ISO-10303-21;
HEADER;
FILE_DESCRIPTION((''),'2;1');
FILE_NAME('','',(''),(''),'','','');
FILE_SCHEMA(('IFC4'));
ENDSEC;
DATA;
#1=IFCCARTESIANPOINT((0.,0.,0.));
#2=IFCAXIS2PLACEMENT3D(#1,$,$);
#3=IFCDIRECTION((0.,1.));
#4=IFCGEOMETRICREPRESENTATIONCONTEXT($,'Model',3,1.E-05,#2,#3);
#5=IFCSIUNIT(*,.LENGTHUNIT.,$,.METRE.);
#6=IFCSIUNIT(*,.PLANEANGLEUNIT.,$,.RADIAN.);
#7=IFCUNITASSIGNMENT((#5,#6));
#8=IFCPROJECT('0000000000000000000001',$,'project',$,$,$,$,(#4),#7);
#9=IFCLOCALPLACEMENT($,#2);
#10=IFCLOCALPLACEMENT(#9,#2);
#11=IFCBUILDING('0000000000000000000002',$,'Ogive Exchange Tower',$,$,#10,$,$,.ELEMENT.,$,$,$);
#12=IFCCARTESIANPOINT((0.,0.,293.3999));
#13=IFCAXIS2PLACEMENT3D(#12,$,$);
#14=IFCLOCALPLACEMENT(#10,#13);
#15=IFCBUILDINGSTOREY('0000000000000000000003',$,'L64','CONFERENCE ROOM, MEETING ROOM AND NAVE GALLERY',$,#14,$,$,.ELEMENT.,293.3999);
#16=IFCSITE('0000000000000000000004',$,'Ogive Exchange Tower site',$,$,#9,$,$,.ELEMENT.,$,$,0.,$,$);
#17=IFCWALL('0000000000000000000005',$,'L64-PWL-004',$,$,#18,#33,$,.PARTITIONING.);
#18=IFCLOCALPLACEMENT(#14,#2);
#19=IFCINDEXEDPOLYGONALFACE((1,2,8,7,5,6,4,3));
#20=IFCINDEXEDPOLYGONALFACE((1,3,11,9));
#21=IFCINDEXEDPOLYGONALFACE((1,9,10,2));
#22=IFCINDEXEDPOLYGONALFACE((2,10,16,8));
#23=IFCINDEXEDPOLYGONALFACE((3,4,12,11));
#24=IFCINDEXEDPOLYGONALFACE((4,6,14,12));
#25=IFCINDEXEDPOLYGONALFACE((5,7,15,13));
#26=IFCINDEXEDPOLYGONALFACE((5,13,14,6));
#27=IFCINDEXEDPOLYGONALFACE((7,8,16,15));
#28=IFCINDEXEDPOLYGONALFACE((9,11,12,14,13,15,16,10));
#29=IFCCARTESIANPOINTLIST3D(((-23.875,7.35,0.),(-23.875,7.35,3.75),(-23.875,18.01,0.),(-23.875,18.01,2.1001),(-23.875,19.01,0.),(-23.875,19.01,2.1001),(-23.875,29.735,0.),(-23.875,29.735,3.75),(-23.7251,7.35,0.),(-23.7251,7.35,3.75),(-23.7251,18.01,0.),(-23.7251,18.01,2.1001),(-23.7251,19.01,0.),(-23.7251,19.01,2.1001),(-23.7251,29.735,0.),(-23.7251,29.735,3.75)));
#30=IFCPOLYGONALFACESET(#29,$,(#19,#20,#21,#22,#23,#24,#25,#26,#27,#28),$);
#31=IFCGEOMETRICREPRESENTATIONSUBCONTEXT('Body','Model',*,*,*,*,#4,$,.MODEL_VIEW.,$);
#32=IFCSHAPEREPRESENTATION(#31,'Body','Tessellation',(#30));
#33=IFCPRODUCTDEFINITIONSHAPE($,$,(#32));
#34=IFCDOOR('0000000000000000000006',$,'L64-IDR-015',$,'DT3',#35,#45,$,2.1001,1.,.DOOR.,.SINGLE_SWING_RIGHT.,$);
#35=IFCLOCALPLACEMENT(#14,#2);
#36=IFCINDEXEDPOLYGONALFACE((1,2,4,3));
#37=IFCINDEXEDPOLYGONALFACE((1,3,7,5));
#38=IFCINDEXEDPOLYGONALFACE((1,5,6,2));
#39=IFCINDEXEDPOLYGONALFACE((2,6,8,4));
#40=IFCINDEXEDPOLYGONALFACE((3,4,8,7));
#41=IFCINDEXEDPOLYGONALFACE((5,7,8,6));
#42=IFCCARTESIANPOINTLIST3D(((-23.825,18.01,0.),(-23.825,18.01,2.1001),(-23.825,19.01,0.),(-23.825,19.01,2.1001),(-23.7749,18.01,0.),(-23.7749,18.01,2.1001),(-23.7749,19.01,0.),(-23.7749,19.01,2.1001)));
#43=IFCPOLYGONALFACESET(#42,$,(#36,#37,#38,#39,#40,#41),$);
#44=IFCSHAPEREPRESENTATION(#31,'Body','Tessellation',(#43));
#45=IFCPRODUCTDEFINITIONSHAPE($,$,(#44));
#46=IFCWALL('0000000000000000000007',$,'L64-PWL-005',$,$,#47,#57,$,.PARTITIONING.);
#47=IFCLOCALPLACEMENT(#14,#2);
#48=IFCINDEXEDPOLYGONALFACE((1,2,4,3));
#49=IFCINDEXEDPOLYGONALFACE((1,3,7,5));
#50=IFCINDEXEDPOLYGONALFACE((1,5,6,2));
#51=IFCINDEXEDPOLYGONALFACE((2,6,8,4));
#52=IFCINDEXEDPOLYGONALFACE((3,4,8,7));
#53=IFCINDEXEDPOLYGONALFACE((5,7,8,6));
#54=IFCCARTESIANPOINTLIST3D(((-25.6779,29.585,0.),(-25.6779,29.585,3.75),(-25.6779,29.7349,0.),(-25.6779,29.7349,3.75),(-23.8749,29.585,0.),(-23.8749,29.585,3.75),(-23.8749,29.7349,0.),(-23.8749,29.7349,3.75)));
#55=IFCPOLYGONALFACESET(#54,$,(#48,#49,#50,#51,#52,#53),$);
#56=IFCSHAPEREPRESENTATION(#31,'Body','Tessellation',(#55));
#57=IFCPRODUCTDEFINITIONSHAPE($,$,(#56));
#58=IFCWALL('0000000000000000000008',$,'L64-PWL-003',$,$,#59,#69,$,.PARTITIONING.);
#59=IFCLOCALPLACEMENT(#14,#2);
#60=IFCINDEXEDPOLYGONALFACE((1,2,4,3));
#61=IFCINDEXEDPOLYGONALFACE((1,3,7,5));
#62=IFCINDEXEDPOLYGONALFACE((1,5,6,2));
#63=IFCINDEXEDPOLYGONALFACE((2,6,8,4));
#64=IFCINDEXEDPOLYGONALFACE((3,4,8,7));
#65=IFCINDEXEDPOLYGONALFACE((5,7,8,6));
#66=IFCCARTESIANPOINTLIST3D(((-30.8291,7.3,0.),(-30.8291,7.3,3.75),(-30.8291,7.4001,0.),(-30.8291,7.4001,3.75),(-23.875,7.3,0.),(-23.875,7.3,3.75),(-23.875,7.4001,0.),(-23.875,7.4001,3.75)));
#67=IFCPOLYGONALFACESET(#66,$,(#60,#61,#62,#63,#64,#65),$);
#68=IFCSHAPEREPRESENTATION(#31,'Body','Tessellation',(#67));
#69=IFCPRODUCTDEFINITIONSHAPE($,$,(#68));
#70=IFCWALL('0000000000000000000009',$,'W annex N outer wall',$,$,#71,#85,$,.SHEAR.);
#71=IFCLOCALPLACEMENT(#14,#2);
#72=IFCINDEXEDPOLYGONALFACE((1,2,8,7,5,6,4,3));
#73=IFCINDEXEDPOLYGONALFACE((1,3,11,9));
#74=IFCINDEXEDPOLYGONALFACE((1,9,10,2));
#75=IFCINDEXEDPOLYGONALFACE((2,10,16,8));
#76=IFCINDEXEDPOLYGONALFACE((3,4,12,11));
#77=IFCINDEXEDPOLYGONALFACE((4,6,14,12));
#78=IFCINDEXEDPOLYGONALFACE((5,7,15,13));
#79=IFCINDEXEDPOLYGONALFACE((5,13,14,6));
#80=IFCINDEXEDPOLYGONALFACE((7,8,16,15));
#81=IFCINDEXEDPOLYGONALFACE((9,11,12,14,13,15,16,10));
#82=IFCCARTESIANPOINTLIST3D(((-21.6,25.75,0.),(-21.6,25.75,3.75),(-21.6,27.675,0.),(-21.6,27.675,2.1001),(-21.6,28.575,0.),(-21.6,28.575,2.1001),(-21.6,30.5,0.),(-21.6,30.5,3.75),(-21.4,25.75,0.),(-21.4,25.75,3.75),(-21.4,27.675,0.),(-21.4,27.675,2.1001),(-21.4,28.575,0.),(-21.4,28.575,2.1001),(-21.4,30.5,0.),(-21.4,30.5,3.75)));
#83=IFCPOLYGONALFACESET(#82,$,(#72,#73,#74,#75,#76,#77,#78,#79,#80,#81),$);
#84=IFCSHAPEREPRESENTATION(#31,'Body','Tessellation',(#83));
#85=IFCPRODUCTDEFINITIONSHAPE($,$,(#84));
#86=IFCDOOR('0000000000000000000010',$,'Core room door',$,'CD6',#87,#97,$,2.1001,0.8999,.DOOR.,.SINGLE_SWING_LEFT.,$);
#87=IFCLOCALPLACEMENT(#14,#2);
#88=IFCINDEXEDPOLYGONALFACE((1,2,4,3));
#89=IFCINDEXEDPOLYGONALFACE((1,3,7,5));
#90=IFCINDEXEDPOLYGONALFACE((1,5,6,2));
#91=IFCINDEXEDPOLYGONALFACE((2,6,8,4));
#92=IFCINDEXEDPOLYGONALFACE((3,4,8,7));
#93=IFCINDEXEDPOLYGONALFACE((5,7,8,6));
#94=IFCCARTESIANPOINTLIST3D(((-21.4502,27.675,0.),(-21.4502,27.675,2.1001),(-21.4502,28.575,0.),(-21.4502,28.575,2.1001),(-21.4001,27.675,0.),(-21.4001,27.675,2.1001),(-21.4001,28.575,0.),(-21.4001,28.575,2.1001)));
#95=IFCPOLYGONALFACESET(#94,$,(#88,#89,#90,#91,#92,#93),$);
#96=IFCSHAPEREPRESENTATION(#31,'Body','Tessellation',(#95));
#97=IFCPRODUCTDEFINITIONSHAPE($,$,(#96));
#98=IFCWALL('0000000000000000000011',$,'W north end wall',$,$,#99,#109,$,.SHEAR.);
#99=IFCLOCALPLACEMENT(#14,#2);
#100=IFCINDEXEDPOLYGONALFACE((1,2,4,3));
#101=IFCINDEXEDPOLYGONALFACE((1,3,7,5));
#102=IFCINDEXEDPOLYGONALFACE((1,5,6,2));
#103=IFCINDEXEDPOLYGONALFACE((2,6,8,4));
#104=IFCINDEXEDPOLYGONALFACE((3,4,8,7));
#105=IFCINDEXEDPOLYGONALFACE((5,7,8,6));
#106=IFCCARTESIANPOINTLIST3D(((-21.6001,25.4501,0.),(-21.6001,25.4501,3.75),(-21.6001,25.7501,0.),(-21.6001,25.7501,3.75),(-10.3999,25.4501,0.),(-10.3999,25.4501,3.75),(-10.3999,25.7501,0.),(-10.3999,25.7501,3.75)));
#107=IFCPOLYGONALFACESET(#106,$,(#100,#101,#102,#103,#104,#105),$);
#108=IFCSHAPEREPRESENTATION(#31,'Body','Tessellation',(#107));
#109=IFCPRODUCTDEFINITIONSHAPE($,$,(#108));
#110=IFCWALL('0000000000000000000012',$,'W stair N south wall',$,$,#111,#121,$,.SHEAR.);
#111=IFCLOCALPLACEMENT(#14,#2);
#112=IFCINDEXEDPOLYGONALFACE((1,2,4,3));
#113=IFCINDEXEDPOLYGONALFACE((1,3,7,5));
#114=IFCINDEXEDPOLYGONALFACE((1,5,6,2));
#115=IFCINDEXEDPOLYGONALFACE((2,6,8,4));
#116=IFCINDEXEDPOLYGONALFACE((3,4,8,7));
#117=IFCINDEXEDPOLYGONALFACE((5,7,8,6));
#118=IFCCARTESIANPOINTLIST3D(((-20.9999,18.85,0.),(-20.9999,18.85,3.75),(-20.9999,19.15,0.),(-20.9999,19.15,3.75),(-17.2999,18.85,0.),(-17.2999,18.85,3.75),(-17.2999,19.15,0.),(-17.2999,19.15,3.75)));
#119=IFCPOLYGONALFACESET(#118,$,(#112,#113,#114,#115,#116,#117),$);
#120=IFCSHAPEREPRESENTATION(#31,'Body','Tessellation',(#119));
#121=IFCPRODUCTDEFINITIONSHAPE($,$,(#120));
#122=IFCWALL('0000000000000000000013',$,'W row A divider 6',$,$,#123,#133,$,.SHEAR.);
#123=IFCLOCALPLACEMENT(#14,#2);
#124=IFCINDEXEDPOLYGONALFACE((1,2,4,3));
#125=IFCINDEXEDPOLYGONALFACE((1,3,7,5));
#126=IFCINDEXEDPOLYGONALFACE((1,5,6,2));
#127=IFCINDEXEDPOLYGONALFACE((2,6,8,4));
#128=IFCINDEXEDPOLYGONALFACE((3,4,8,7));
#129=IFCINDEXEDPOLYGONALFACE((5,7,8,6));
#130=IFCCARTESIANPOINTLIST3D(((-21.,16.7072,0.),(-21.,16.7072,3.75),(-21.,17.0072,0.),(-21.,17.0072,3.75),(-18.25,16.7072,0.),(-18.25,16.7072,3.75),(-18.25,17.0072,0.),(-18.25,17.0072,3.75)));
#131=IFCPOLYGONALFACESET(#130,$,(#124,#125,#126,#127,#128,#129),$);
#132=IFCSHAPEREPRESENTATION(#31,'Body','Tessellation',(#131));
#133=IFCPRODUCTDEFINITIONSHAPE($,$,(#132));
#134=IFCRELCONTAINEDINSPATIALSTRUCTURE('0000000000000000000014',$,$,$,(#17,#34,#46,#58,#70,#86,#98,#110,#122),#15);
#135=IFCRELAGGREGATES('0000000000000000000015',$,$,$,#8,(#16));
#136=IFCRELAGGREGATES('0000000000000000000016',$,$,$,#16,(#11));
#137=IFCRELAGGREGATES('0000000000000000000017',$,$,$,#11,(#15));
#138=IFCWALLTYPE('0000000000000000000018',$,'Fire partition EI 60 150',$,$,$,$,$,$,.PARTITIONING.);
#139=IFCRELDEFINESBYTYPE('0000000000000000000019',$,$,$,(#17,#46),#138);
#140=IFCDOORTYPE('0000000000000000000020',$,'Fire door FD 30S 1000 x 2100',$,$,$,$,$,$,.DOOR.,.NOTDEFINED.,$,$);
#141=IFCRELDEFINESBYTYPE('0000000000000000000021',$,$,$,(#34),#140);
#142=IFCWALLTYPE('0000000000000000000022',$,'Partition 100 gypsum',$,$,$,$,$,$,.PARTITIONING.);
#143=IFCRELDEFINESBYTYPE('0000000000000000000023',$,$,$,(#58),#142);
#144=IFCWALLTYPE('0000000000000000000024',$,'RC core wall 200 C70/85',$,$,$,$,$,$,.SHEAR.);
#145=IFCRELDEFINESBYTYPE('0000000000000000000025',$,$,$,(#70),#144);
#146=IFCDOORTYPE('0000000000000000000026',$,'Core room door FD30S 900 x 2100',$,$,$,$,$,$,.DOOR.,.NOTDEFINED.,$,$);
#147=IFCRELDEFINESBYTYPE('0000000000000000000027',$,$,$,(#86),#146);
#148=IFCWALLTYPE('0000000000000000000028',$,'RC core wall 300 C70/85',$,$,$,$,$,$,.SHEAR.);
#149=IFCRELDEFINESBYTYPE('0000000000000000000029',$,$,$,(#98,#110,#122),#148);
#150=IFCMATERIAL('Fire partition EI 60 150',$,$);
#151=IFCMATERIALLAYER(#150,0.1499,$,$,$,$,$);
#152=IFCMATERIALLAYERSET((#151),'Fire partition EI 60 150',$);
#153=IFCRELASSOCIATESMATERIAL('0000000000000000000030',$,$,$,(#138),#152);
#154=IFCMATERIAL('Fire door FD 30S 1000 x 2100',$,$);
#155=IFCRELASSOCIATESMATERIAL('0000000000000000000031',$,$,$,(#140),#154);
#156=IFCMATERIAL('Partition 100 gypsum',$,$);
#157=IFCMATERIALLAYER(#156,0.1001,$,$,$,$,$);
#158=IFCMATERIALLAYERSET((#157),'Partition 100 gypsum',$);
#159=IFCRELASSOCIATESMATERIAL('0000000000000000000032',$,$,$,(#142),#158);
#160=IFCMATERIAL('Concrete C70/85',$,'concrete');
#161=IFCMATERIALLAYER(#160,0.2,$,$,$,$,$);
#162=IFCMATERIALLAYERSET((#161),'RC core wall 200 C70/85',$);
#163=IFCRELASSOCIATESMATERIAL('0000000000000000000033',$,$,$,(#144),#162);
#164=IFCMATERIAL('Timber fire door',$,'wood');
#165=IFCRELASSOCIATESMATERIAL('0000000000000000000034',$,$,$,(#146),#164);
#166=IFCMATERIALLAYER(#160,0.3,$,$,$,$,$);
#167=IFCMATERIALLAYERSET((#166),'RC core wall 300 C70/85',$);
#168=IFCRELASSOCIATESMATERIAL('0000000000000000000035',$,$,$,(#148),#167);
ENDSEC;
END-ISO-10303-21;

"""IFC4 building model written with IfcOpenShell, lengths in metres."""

from ifc_helpers import new_model, si_unit, direction, frame, frame_2d, origin, place, context, subcontext, project, spatial, rectangle, extrude, material, layer, layer_set, type_object, element, fill, save


model = new_model("IFC4")

# Units and contexts
model_context = context("Model", 3, precision=1e-05, world=origin(), true_north=direction((0.0, 1.0)))
body_context = subcontext(model_context, "Body", "Model", "MODEL_VIEW")
ifc_project = project(units=[si_unit("LENGTHUNIT", "METRE"), si_unit("PLANEANGLEUNIT", "RADIAN")], contexts=[model_context])

# Site, building, storey
site_placement = place(None, origin())
site = spatial("IfcSite", under=ifc_project, at=site_placement, Name="Ogive Exchange Tower site", CompositionType="ELEMENT", RefElevation=0.0)
building_placement = place(site_placement, origin())
building = spatial("IfcBuilding", under=site, at=building_placement, Name="Ogive Exchange Tower", CompositionType="ELEMENT")
storey_placement = place(building_placement, frame((0.0, 0.0, 293.3999)))
storey = spatial("IfcBuildingStorey", under=building, at=storey_placement, Name="L64", Description="CONFERENCE ROOM, MEETING ROOM AND NAVE GALLERY", CompositionType="ELEMENT", Elevation=293.3999)

# Wall, opening, door
ifc_material_1 = material(Name="Fire partition EI 60 150")
ifc_layer_1 = layer(ifc_material_1, 0.1499)
ifc_layer_set_1 = layer_set([ifc_layer_1], Name="Fire partition EI 60 150")
wall_type_1 = type_object("IfcWallType", Name="Fire partition EI 60 150", PredefinedType="PARTITIONING", material=ifc_layer_set_1)
wall_1_placement = place(storey_placement, frame((-23.8, 7.3501, 0.0), z_axis=(0.0, 0.0, 1.0), x_axis=(0.0, 1.0, 0.0)))
wall_1 = element("IfcWall", 1, at=wall_1_placement, inside=storey, type_object=wall_type_1, Name="L64-PWL-004", PredefinedType="PARTITIONING", context=body_context, shape_type="SweptSolid", body=[
    extrude(rectangle(XDim=22.385, YDim=0.1499, at=frame_2d((11.1924, 0.0))), origin(), (0.0, 0.0, 1.0), 3.75),
])
opening_1_placement = place(wall_1_placement, frame((10.6599, 0.0, 0.0)))
opening_1 = element("IfcOpeningElement", 2, at=opening_1_placement, cuts=wall_1, PredefinedType="OPENING", context=body_context, shape_type="SweptSolid", body=[
    extrude(rectangle(XDim=1.0, YDim=2.1001, at=frame_2d((0.5, 1.05))), frame((0.0, 0.085, 0.0), z_axis=(0.0, -1.0, 0.0), x_axis=(1.0, 0.0, 0.0)), (0.0, 0.0, 1.0), 0.1699),
])
ifc_material_2 = material(Name="Fire door FD 30S 1000 x 2100")
door_type_1 = type_object("IfcDoorType", Name="Fire door FD 30S 1000 x 2100", OperationType="NOTDEFINED", PredefinedType="DOOR", material=ifc_material_2)
door_1_placement = place(opening_1_placement, origin())
door_1 = element("IfcDoor", 3, at=door_1_placement, inside=storey, type_object=door_type_1, Name="L64-IDR-015", ObjectType="DT3", OperationType="SINGLE_SWING_RIGHT", OverallHeight=2.1001, OverallWidth=1.0, PredefinedType="DOOR", context=body_context, shape_type="SweptSolid", body=[
    extrude(rectangle(XDim=1.0, YDim=2.1001, at=frame_2d((0.5, 1.05))), frame((0.0, 0.0249, 0.0), z_axis=(0.0, -1.0, 0.0), x_axis=(1.0, 0.0, 0.0)), (0.0, 0.0, 1.0), 0.05),
])
fill(opening_1, door_1)

# Walls
wall_2_placement = place(storey_placement, frame((-23.875, 29.6599, 0.0), z_axis=(0.0, 0.0, 1.0), x_axis=(-1.0, 0.0, 0.0)))
element("IfcWall", 4, at=wall_2_placement, inside=storey, type_object=wall_type_1, Name="L64-PWL-005", PredefinedType="PARTITIONING", context=body_context, shape_type="SweptSolid", body=[
    extrude(rectangle(XDim=1.803, YDim=0.1499, at=frame_2d((0.9014, 0.0))), origin(), (0.0, 0.0, 1.0), 3.75),
])
ifc_material_3 = material(Name="Partition 100 gypsum")
ifc_layer_2 = layer(ifc_material_3, 0.1001)
ifc_layer_set_2 = layer_set([ifc_layer_2], Name="Partition 100 gypsum")
wall_type_2 = type_object("IfcWallType", Name="Partition 100 gypsum", PredefinedType="PARTITIONING", material=ifc_layer_set_2)
wall_3_placement = place(storey_placement, frame((-23.875, 7.3501, 0.0), z_axis=(0.0, 0.0, 1.0), x_axis=(-1.0, 0.0, 0.0)))
element("IfcWall", 5, at=wall_3_placement, inside=storey, type_object=wall_type_2, Name="L64-PWL-003", PredefinedType="PARTITIONING", context=body_context, shape_type="SweptSolid", body=[
    extrude(rectangle(XDim=6.9541, YDim=0.1001, at=frame_2d((3.4771, 0.0))), origin(), (0.0, 0.0, 1.0), 3.75),
])

# Wall, opening, door
ifc_material_4 = material(Name="Concrete C70/85", Category="concrete")
ifc_layer_3 = layer(ifc_material_4, 0.2)
ifc_layer_set_3 = layer_set([ifc_layer_3], Name="RC core wall 200 C70/85")
wall_type_3 = type_object("IfcWallType", Name="RC core wall 200 C70/85", PredefinedType="SHEAR", material=ifc_layer_set_3)
wall_4_placement = place(storey_placement, frame((-21.5, 25.75, 0.0), z_axis=(0.0, 0.0, 1.0), x_axis=(0.0, 1.0, 0.0)))
wall_4 = element("IfcWall", 6, at=wall_4_placement, inside=storey, type_object=wall_type_3, Name="W annex N outer wall", PredefinedType="SHEAR", context=body_context, shape_type="SweptSolid", body=[
    extrude(rectangle(XDim=4.75, YDim=0.2, at=frame_2d((2.375, 0.0))), origin(), (0.0, 0.0, 1.0), 3.75),
])
opening_2_placement = place(wall_4_placement, frame((1.925, 0.0, 0.0)))
opening_2 = element("IfcOpeningElement", 7, at=opening_2_placement, cuts=wall_4, PredefinedType="OPENING", context=body_context, shape_type="SweptSolid", body=[
    extrude(rectangle(XDim=0.8999, YDim=2.1001, at=frame_2d((0.45, 1.05))), frame((0.0, 0.1099, 0.0), z_axis=(0.0, -1.0, 0.0), x_axis=(1.0, 0.0, 0.0)), (0.0, 0.0, 1.0), 0.22),
])
ifc_material_5 = material(Name="Timber fire door", Category="wood")
door_type_2 = type_object("IfcDoorType", Name="Core room door FD30S 900 x 2100", OperationType="NOTDEFINED", PredefinedType="DOOR", material=ifc_material_5)
door_2_placement = place(opening_2_placement, origin())
door_2 = element("IfcDoor", 8, at=door_2_placement, inside=storey, type_object=door_type_2, Name="Core room door", ObjectType="CD6", OperationType="SINGLE_SWING_LEFT", OverallHeight=2.1001, OverallWidth=0.8999, PredefinedType="DOOR", context=body_context, shape_type="SweptSolid", body=[
    extrude(rectangle(XDim=0.8999, YDim=2.1001, at=frame_2d((0.45, 1.05))), frame((0.0, -0.0498, 0.0), z_axis=(0.0, -1.0, 0.0), x_axis=(1.0, 0.0, 0.0)), (0.0, 0.0, 1.0), 0.05),
])
fill(opening_2, door_2)

# Walls
ifc_layer_4 = layer(ifc_material_4, 0.3)
ifc_layer_set_4 = layer_set([ifc_layer_4], Name="RC core wall 300 C70/85")
wall_type_4 = type_object("IfcWallType", Name="RC core wall 300 C70/85", PredefinedType="SHEAR", material=ifc_layer_set_4)
wall_5_placement = place(storey_placement, frame((-21.6001, 25.6001, 0.0), z_axis=(0.0, 0.0, 1.0), x_axis=(1.0, 0.0, 0.0)))
element("IfcWall", 9, at=wall_5_placement, inside=storey, type_object=wall_type_4, Name="W north end wall", PredefinedType="SHEAR", context=body_context, shape_type="SweptSolid", body=[
    extrude(rectangle(XDim=11.2002, YDim=0.3, at=frame_2d((5.6001, 0.0))), origin(), (0.0, 0.0, 1.0), 3.75),
])
wall_6_placement = place(storey_placement, frame((-21.0, 19.0, 0.0), z_axis=(0.0, 0.0, 1.0), x_axis=(1.0, 0.0, 0.0)))
element("IfcWall", 10, at=wall_6_placement, inside=storey, type_object=wall_type_4, Name="W stair N south wall", PredefinedType="SHEAR", context=body_context, shape_type="SweptSolid", body=[
    extrude(rectangle(XDim=3.7, YDim=0.3, at=frame_2d((1.8501, 0.0))), origin(), (0.0, 0.0, 1.0), 3.75),
])
wall_7_placement = place(storey_placement, frame((-21.0, 16.8572, 0.0), z_axis=(0.0, 0.0, 1.0), x_axis=(1.0, 0.0, 0.0)))
element("IfcWall", 11, at=wall_7_placement, inside=storey, type_object=wall_type_4, Name="W row A divider 6", PredefinedType="SHEAR", context=body_context, shape_type="SweptSolid", body=[
    extrude(rectangle(XDim=2.75, YDim=0.3, at=frame_2d((1.375, 0.0))), origin(), (0.0, 0.0, 1.0), 3.75),
])

save(model, "model.ifc")
